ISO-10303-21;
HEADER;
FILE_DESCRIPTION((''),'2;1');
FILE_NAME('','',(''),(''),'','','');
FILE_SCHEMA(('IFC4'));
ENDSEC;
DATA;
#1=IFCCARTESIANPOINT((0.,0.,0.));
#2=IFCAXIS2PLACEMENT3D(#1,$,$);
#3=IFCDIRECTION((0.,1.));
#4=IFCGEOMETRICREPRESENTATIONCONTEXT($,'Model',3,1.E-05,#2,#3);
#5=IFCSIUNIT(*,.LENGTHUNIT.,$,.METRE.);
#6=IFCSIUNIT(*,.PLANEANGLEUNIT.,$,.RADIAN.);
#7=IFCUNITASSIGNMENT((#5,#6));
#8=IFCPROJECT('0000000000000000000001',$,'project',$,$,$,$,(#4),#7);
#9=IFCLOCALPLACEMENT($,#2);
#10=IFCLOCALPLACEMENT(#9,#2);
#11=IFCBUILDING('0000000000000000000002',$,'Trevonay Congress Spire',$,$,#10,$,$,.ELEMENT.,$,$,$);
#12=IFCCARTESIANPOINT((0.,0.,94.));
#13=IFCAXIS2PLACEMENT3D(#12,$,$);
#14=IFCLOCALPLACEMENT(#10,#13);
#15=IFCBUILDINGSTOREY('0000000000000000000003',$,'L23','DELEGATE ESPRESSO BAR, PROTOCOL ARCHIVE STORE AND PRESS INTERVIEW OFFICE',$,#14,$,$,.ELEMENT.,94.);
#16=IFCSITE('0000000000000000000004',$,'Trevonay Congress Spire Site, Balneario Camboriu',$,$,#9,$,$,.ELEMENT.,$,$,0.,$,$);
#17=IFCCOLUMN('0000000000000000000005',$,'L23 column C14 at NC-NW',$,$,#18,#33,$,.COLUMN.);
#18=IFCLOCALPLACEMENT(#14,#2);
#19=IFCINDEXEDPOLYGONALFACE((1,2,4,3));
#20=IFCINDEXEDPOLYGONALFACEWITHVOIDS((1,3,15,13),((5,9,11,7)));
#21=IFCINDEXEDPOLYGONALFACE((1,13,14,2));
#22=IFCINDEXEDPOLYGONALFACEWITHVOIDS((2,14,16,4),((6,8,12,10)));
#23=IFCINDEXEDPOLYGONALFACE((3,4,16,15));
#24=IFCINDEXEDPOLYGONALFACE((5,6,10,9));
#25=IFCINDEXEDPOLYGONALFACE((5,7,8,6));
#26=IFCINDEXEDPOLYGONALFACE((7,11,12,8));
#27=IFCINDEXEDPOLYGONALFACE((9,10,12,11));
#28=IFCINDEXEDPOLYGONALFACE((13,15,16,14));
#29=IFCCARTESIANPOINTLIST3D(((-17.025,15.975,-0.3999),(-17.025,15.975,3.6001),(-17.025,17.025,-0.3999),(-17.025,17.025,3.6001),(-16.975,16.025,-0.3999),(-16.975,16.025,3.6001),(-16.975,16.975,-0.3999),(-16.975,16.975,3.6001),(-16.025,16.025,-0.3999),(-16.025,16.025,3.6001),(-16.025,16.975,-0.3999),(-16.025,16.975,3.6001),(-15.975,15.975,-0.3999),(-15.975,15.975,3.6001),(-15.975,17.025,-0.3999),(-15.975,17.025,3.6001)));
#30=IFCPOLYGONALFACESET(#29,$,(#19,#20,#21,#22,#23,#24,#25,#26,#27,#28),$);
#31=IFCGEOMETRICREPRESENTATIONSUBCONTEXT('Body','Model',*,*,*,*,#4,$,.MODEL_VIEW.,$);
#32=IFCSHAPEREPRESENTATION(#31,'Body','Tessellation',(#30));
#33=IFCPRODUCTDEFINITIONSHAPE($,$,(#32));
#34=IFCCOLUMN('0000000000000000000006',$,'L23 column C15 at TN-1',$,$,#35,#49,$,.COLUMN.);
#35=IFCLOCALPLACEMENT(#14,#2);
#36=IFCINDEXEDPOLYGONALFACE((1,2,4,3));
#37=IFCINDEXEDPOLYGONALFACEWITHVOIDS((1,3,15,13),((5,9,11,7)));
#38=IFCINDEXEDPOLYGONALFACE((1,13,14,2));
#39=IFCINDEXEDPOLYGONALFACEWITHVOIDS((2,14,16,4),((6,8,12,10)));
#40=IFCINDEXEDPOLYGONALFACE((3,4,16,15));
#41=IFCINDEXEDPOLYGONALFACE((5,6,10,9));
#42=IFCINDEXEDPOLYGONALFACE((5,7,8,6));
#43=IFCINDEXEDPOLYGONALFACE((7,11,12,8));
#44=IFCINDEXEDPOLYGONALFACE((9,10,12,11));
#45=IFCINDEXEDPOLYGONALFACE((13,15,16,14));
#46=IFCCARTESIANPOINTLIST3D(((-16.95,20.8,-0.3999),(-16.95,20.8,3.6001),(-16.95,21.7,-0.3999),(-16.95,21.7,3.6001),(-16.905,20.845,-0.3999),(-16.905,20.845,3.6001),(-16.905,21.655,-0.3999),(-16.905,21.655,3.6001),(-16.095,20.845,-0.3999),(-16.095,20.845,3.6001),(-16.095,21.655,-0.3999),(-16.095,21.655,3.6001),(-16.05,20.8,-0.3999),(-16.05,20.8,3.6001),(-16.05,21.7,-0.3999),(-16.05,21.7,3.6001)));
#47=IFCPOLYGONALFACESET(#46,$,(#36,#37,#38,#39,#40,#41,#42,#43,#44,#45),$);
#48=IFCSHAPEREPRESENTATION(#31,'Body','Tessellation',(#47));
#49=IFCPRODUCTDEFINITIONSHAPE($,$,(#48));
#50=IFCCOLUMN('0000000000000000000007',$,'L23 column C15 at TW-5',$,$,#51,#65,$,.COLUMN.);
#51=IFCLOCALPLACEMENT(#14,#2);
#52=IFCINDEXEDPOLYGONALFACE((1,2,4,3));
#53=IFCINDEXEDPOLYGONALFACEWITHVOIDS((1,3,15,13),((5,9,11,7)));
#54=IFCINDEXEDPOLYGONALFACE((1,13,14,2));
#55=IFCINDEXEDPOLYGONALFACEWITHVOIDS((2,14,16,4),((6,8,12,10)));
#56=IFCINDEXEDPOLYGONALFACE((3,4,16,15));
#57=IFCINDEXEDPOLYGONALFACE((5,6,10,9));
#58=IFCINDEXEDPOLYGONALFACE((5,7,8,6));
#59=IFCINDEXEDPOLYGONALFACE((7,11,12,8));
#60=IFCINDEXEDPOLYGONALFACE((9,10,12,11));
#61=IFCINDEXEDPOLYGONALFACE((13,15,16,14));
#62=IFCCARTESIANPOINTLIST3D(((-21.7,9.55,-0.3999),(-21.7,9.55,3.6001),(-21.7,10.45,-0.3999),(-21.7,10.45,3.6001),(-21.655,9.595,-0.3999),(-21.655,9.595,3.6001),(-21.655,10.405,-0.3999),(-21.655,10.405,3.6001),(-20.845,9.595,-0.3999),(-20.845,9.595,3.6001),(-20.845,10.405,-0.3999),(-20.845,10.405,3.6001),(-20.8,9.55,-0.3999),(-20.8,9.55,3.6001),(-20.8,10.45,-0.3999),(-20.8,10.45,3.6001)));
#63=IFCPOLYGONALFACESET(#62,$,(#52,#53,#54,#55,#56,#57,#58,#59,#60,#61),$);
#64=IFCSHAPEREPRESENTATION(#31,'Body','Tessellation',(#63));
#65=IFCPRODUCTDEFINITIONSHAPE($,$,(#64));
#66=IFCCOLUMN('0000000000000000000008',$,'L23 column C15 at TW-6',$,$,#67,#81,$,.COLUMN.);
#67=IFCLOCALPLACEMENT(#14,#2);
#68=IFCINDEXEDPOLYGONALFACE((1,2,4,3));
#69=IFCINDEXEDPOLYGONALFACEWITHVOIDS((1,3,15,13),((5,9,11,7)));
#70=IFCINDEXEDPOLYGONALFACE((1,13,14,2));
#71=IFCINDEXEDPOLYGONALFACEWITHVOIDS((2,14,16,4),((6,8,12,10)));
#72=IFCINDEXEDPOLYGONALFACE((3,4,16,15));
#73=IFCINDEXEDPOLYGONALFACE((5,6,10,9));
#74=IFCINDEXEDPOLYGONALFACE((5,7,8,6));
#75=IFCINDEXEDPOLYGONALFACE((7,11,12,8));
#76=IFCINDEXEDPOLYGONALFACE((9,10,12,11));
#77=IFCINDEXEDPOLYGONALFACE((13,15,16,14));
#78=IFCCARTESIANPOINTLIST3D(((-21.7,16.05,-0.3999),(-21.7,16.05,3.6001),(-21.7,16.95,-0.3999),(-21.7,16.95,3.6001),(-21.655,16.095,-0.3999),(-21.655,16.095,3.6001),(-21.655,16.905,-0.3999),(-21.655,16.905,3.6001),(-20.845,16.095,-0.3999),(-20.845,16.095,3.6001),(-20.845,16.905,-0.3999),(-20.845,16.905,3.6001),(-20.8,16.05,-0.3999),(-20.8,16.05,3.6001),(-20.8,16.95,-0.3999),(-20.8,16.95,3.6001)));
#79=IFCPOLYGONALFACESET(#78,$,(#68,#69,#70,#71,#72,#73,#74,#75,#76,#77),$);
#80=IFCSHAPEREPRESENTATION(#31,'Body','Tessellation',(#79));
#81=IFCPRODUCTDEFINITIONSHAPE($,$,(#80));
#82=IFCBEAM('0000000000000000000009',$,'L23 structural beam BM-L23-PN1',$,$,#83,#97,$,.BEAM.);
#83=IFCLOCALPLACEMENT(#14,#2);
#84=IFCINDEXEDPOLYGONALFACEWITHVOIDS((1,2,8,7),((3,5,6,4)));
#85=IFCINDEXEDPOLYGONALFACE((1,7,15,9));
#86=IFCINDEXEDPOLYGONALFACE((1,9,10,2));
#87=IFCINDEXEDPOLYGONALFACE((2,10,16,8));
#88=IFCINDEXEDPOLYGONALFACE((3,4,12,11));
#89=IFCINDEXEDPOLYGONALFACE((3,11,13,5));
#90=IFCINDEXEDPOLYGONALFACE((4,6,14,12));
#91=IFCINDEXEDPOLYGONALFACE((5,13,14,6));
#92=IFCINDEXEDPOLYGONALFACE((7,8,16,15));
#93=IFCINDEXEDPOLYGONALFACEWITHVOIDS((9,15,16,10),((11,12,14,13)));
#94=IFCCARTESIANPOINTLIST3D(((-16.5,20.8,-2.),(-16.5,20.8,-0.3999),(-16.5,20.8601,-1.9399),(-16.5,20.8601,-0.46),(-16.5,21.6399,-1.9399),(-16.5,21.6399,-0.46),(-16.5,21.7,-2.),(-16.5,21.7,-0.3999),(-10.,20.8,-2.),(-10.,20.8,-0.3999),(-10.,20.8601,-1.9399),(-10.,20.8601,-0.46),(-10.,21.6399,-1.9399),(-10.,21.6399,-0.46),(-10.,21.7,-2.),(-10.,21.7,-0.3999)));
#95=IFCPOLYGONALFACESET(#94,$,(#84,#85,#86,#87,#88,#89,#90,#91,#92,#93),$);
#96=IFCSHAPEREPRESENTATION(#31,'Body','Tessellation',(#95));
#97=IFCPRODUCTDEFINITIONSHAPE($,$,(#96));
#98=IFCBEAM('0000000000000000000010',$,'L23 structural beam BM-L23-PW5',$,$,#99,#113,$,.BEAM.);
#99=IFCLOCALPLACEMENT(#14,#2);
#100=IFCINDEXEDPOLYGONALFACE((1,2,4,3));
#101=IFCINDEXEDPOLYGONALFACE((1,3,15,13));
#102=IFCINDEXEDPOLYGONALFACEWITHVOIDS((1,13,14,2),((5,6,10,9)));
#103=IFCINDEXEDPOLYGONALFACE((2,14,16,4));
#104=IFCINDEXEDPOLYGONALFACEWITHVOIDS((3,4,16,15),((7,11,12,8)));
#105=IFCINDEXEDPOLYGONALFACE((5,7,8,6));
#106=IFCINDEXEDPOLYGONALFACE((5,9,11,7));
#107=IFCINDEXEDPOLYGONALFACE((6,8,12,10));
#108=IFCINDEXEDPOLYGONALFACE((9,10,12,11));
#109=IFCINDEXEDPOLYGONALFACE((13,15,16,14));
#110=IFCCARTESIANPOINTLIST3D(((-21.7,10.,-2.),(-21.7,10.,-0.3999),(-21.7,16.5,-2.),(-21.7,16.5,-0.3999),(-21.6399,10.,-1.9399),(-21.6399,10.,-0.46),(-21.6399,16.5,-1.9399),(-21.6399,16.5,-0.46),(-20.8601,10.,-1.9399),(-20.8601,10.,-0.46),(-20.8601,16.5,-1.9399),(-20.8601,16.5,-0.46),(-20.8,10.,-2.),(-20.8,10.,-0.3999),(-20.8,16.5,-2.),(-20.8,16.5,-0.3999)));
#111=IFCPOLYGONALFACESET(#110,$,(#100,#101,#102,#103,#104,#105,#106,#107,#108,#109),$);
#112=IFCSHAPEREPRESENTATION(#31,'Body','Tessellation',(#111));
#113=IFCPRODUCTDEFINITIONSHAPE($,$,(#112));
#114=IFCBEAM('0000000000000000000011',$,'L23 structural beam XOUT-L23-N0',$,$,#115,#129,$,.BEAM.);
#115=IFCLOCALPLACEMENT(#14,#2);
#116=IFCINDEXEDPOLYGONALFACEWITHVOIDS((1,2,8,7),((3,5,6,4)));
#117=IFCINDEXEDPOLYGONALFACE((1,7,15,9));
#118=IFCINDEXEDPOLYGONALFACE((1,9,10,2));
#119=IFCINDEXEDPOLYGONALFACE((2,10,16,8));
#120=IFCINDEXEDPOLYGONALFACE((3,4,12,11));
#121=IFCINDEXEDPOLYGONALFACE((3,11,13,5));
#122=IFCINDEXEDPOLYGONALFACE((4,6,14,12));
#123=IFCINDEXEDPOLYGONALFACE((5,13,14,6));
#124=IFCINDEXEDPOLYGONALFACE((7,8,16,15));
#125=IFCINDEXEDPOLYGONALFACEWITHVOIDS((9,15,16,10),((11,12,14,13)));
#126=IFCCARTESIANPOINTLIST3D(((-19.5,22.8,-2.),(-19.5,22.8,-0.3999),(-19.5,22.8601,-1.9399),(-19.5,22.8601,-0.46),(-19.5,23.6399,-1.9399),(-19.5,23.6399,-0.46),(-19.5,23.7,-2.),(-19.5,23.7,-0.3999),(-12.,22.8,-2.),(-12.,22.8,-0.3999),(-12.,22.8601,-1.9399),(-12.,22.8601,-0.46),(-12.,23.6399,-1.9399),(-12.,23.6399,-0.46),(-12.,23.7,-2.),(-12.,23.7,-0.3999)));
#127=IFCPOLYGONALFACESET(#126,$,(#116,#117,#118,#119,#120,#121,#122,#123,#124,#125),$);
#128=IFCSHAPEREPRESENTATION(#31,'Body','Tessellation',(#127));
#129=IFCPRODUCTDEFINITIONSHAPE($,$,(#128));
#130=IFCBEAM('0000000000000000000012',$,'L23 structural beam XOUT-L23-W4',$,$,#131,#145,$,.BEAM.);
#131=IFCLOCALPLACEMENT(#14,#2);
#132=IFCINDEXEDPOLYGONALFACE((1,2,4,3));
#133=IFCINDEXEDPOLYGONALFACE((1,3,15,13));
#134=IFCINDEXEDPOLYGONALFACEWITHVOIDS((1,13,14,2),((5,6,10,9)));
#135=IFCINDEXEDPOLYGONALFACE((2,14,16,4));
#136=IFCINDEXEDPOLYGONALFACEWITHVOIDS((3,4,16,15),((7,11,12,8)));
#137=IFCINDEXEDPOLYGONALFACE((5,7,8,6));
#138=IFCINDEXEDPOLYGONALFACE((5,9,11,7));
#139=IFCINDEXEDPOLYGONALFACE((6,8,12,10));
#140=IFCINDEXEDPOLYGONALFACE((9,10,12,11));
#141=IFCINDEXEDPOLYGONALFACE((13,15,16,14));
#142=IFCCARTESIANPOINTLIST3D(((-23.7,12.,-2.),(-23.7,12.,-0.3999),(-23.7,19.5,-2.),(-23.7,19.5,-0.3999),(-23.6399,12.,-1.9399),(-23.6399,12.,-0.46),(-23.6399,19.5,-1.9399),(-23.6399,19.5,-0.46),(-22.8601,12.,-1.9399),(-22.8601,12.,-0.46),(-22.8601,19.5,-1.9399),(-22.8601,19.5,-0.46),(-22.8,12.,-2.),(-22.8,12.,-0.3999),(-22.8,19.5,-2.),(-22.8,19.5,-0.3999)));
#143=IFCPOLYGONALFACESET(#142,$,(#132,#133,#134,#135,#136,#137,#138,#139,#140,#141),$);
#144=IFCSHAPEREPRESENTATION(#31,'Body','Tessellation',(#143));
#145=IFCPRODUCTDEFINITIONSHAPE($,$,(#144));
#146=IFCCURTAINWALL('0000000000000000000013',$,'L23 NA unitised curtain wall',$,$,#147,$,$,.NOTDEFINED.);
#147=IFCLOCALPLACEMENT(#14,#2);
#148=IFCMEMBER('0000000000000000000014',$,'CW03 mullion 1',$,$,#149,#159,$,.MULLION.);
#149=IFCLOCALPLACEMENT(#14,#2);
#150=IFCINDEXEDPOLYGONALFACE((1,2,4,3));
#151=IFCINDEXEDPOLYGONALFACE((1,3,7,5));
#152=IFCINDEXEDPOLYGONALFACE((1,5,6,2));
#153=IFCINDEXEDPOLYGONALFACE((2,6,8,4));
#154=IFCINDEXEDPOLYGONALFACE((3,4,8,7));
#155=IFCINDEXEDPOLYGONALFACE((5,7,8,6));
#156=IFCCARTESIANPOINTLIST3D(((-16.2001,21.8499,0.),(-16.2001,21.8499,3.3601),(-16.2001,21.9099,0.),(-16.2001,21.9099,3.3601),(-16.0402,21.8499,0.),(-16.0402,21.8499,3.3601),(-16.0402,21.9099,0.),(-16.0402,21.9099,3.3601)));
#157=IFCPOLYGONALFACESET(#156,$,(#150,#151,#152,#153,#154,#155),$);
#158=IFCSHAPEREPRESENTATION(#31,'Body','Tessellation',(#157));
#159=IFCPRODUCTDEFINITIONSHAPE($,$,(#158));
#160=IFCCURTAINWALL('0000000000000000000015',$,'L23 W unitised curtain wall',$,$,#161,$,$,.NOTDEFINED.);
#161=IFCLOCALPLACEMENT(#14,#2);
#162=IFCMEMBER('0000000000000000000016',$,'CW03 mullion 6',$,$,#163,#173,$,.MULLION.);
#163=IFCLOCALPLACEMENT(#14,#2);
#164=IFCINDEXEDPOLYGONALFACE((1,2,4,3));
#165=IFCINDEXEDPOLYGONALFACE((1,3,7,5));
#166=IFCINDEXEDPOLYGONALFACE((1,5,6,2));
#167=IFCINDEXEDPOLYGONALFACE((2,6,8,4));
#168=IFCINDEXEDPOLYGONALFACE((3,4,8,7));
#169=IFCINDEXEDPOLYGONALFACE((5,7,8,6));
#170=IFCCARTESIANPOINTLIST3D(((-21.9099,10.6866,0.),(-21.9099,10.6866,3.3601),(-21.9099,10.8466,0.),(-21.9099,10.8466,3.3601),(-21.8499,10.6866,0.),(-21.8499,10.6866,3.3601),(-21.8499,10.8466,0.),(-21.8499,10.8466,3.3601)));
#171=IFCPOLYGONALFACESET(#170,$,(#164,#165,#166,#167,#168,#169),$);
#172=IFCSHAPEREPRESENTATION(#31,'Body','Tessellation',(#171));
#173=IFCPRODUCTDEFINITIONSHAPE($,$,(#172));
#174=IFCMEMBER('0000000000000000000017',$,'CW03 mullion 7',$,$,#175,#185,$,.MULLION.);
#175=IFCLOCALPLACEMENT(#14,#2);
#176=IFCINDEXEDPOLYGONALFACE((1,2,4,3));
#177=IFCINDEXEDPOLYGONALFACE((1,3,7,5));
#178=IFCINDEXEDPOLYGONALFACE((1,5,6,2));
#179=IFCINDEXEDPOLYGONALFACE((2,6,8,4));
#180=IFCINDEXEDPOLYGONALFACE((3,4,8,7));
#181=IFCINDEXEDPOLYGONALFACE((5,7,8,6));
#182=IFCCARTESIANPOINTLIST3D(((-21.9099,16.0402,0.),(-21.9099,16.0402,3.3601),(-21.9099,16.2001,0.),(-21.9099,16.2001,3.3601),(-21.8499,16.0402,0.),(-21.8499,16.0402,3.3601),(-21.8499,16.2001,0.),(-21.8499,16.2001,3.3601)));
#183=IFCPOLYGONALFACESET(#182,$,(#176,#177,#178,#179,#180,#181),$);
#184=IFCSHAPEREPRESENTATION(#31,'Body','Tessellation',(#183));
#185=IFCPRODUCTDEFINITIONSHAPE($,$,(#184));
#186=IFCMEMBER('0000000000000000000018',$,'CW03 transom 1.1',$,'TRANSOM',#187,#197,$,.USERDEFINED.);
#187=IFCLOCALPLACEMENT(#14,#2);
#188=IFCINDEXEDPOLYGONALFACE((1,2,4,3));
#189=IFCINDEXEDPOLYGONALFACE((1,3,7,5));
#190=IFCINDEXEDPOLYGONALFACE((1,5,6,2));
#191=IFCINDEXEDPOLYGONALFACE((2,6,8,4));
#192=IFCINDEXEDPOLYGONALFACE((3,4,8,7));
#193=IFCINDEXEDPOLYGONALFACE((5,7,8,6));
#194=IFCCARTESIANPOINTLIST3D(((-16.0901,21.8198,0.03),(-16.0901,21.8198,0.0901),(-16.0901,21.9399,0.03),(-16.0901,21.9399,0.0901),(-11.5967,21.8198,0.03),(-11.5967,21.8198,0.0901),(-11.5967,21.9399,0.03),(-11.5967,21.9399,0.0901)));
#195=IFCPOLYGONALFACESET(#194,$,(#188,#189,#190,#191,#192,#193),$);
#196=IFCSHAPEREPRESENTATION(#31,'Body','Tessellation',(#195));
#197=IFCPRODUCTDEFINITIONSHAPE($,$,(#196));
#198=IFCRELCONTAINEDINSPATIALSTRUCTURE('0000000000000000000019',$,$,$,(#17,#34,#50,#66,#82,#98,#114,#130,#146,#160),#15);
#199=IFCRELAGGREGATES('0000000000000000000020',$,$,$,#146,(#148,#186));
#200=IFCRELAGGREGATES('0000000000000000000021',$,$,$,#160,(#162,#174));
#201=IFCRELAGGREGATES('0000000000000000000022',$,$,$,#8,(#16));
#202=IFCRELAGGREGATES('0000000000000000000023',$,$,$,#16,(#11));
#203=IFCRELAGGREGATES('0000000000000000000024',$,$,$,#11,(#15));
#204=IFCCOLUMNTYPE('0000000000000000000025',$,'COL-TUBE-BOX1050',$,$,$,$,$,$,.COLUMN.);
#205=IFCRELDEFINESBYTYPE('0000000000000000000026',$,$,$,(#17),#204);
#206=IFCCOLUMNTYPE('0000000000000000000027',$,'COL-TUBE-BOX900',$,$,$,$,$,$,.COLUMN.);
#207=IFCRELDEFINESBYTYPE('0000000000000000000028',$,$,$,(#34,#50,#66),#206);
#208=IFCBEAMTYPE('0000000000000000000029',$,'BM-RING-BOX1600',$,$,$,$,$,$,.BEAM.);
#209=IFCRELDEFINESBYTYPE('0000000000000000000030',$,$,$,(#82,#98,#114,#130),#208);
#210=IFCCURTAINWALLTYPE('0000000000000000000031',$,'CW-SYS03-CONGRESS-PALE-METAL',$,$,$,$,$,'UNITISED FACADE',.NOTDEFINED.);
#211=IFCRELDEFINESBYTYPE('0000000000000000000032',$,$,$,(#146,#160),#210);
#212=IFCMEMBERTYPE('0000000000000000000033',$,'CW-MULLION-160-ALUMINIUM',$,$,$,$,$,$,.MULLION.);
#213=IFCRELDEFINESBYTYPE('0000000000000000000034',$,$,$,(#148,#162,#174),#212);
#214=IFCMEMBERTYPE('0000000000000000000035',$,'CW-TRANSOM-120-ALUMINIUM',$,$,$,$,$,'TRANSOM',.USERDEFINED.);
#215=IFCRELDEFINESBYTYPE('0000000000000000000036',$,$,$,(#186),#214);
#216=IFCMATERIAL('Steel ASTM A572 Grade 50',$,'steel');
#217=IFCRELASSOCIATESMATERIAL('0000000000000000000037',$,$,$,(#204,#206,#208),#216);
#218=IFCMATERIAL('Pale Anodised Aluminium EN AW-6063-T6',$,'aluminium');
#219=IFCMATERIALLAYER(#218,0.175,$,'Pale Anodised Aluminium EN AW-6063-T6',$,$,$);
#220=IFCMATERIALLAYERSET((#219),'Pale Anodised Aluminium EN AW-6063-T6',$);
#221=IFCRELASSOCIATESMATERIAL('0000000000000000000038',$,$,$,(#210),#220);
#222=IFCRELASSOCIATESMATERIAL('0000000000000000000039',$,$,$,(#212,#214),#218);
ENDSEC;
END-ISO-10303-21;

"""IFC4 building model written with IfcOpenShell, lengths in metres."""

from ifc_helpers import new_model, si_unit, direction, frame, origin, origin_2d, place, context, subcontext, project, spatial, rectangle, hollow_rectangle, extrude, material, layer, layer_set, material_profile, profile_set, type_object, element, aggregate, save


model = new_model("IFC4")

# Units and contexts
model_context = context("Model", 3, precision=1e-05, world=origin(), true_north=direction((0.0, 1.0)))
body_context = subcontext(model_context, "Body", "Model", "MODEL_VIEW")
ifc_project = project(units=[si_unit("LENGTHUNIT", "METRE"), si_unit("PLANEANGLEUNIT", "RADIAN")], contexts=[model_context])

# Site, building, storey
site_placement = place(None, origin())
site = spatial("IfcSite", under=ifc_project, at=site_placement, Name="Trevonay Congress Spire Site, Balneario Camboriu", CompositionType="ELEMENT", RefElevation=0.0)
building_placement = place(site_placement, origin())
building = spatial("IfcBuilding", under=site, at=building_placement, Name="Trevonay Congress Spire", CompositionType="ELEMENT")
storey_placement = place(building_placement, frame((0.0, 0.0, 94.0)))
storey = spatial("IfcBuildingStorey", under=building, at=storey_placement, Name="L23", Description="DELEGATE ESPRESSO BAR, PROTOCOL ARCHIVE STORE AND PRESS INTERVIEW OFFICE", CompositionType="ELEMENT", Elevation=94.0)

# Columns
ifc_material_1 = material(Name="Steel ASTM A572 Grade 50", Category="steel")
ifc_material_profile_1 = material_profile(ifc_material_1, hollow_rectangle(XDim=1.05, YDim=1.05, WallThickness=0.05, at=origin_2d()), Name="BOX 1050x1050x50")
ifc_profile_set_1 = profile_set([ifc_material_profile_1], Name="Steel ASTM A572 Grade 50")
column_type_1 = type_object("IfcColumnType", Name="COL-TUBE-BOX1050", PredefinedType="COLUMN", material=ifc_profile_set_1)
column_placement = place(storey_placement, frame((-16.5, 16.5, -0.3999), z_axis=(0.0, 0.0, 1.0), x_axis=(1.0, 0.0, 0.0)))
element("IfcColumn", 1, at=column_placement, inside=storey, type_object=column_type_1, Name="L23 column C14 at NC-NW", PredefinedType="COLUMN", context=body_context, shape_type="SweptSolid", body=[
    extrude(hollow_rectangle(XDim=1.05, YDim=1.05, WallThickness=0.05, at=origin_2d()), origin(), (0.0, 0.0, 1.0), 4.0),
])
ifc_material_profile_2 = material_profile(ifc_material_1, hollow_rectangle(XDim=0.8999, YDim=0.8999, WallThickness=0.0449, at=origin_2d()), Name="BOX 900x900x45")
ifc_profile_set_2 = profile_set([ifc_material_profile_2], Name="Steel ASTM A572 Grade 50")
column_type_2 = type_object("IfcColumnType", Name="COL-TUBE-BOX900", PredefinedType="COLUMN", material=ifc_profile_set_2)
for number, where, z_axis, x_axis, name in (
    (2, (-16.5, 21.25, -0.3999), (0.0, 0.0, 1.0), (1.0, 0.0, 0.0), "L23 column C15 at TN-1"),
    (3, (-21.25, 10.0, -0.3999), (0.0, 0.0, 1.0), (1.0, 0.0, 0.0), "L23 column C15 at TW-5"),
    (4, (-21.25, 16.5, -0.3999), (0.0, 0.0, 1.0), (1.0, 0.0, 0.0), "L23 column C15 at TW-6"),
):
    element("IfcColumn", number, at=place(storey_placement, frame(where, z_axis=z_axis, x_axis=x_axis)), inside=storey, type_object=column_type_2, Name=name, PredefinedType="COLUMN", context=body_context, shape_type="SweptSolid", body=[
        extrude(hollow_rectangle(XDim=0.8999, YDim=0.8999, WallThickness=0.0449, at=origin_2d()), origin(), (0.0, 0.0, 1.0), 4.0),
    ])

# Beams
ifc_material_profile_3 = material_profile(ifc_material_1, hollow_rectangle(XDim=0.8999, YDim=1.6001, WallThickness=0.0601, at=origin_2d()), Name="BOX 1600x900x60")
ifc_profile_set_3 = profile_set([ifc_material_profile_3], Name="Steel ASTM A572 Grade 50")
beam_type = type_object("IfcBeamType", Name="BM-RING-BOX1600", PredefinedType="BEAM", material=ifc_profile_set_3)
for number, where, z_axis, x_axis, name in (
    (5, (-16.5, 21.25, -1.2), (1.0, 0.0, 0.0), (0.0, 1.0, 0.0), "L23 structural beam BM-L23-PN1"),
    (6, (-21.25, 10.0, -1.2), (0.0, 1.0, 0.0), (-1.0, 0.0, 0.0), "L23 structural beam BM-L23-PW5"),
):
    element("IfcBeam", number, at=place(storey_placement, frame(where, z_axis=z_axis, x_axis=x_axis)), inside=storey, type_object=beam_type, Name=name, PredefinedType="BEAM", context=body_context, shape_type="SweptSolid", body=[
        extrude(hollow_rectangle(XDim=0.8999, YDim=1.6001, WallThickness=0.0601, at=origin_2d()), origin(), (0.0, 0.0, 1.0), 6.5),
    ])
for number, where, z_axis, x_axis, name in (
    (7, (-19.5, 23.25, -1.2), (1.0, 0.0, 0.0), (0.0, 1.0, 0.0), "L23 structural beam XOUT-L23-N0"),
    (8, (-23.25, 12.0, -1.2), (0.0, 1.0, 0.0), (-1.0, 0.0, 0.0), "L23 structural beam XOUT-L23-W4"),
):
    element("IfcBeam", number, at=place(storey_placement, frame(where, z_axis=z_axis, x_axis=x_axis)), inside=storey, type_object=beam_type, Name=name, PredefinedType="BEAM", context=body_context, shape_type="SweptSolid", body=[
        extrude(hollow_rectangle(XDim=0.8999, YDim=1.6001, WallThickness=0.0601, at=origin_2d()), origin(), (0.0, 0.0, 1.0), 7.5),
    ])

# Curtain wall, member
ifc_material_2 = material(Name="Pale Anodised Aluminium EN AW-6063-T6", Category="aluminium")
ifc_layer_1 = layer(ifc_material_2, 0.175, Name="Pale Anodised Aluminium EN AW-6063-T6")
ifc_layer_set_1 = layer_set([ifc_layer_1], Name="Pale Anodised Aluminium EN AW-6063-T6")
curtain_wall_type = type_object("IfcCurtainWallType", Name="CW-SYS03-CONGRESS-PALE-METAL", ElementType="UNITISED FACADE", PredefinedType="NOTDEFINED", material=ifc_layer_set_1)
curtain_wall_1_placement = place(storey_placement, origin())
curtain_wall_1 = element("IfcCurtainWall", 9, at=curtain_wall_1_placement, inside=storey, type_object=curtain_wall_type, Name="L23 NA unitised curtain wall", PredefinedType="NOTDEFINED")
ifc_material_profile_4 = material_profile(ifc_material_2, rectangle(XDim=0.0601, YDim=0.1599, at=origin_2d()), Name="CW-MULLION-160-ALUMINIUM")
ifc_profile_set_4 = profile_set([ifc_material_profile_4], Name="Pale Anodised Aluminium EN AW-6063-T6")
member_type_1 = type_object("IfcMemberType", Name="CW-MULLION-160-ALUMINIUM", PredefinedType="MULLION", material=ifc_profile_set_4)
member_1_placement = place(storey_placement, frame((-16.1201, 21.8799, 0.0), z_axis=(0.0, 0.0, 1.0), x_axis=(0.0, 1.0, 0.0)))
member_1 = element("IfcMember", 10, at=member_1_placement, type_object=member_type_1, Name="CW03 mullion 1", PredefinedType="MULLION", context=body_context, shape_type="SweptSolid", body=[
    extrude(rectangle(XDim=0.0601, YDim=0.1599, at=origin_2d()), origin(), (0.0, 0.0, 1.0), 3.3601),
])

# Curtain wall, members
curtain_wall_2_placement = place(storey_placement, origin())
curtain_wall_2 = element("IfcCurtainWall", 11, at=curtain_wall_2_placement, inside=storey, type_object=curtain_wall_type, Name="L23 W unitised curtain wall", PredefinedType="NOTDEFINED")
member_2_placement = place(storey_placement, frame((-21.8799, 10.7666, 0.0), z_axis=(0.0, 0.0, 1.0), x_axis=(-1.0, 0.0, 0.0)))
member_2 = element("IfcMember", 12, at=member_2_placement, type_object=member_type_1, Name="CW03 mullion 6", PredefinedType="MULLION", context=body_context, shape_type="SweptSolid", body=[
    extrude(rectangle(XDim=0.0601, YDim=0.1599, at=origin_2d()), origin(), (0.0, 0.0, 1.0), 3.3601),
])
member_3_placement = place(storey_placement, frame((-21.8799, 16.1201, 0.0), z_axis=(0.0, 0.0, 1.0), x_axis=(-1.0, 0.0, 0.0)))
member_3 = element("IfcMember", 13, at=member_3_placement, type_object=member_type_1, Name="CW03 mullion 7", PredefinedType="MULLION", context=body_context, shape_type="SweptSolid", body=[
    extrude(rectangle(XDim=0.0601, YDim=0.1599, at=origin_2d()), origin(), (0.0, 0.0, 1.0), 3.3601),
])

# Member
ifc_material_profile_5 = material_profile(ifc_material_2, rectangle(XDim=0.1201, YDim=0.0601, at=origin_2d()), Name="CW-TRANSOM-120-ALUMINIUM")
ifc_profile_set_5 = profile_set([ifc_material_profile_5], Name="Pale Anodised Aluminium EN AW-6063-T6")
member_type_2 = type_object("IfcMemberType", Name="CW-TRANSOM-120-ALUMINIUM", ElementType="TRANSOM", PredefinedType="USERDEFINED", material=ifc_profile_set_5)
member_4_placement = place(storey_placement, frame((-16.0901, 21.8799, 0.0601), z_axis=(1.0, 0.0, 0.0), x_axis=(0.0, 1.0, 0.0)))
member_4 = element("IfcMember", 14, at=member_4_placement, type_object=member_type_2, Name="CW03 transom 1.1", ObjectType="TRANSOM", PredefinedType="USERDEFINED", context=body_context, shape_type="SweptSolid", body=[
    extrude(rectangle(XDim=0.1201, YDim=0.0601, at=origin_2d()), origin(), (0.0, 0.0, 1.0), 4.4934),
])
aggregate(curtain_wall_1, [member_1, member_4])

aggregate(curtain_wall_2, [member_2, member_3])

save(model, "model.ifc")
